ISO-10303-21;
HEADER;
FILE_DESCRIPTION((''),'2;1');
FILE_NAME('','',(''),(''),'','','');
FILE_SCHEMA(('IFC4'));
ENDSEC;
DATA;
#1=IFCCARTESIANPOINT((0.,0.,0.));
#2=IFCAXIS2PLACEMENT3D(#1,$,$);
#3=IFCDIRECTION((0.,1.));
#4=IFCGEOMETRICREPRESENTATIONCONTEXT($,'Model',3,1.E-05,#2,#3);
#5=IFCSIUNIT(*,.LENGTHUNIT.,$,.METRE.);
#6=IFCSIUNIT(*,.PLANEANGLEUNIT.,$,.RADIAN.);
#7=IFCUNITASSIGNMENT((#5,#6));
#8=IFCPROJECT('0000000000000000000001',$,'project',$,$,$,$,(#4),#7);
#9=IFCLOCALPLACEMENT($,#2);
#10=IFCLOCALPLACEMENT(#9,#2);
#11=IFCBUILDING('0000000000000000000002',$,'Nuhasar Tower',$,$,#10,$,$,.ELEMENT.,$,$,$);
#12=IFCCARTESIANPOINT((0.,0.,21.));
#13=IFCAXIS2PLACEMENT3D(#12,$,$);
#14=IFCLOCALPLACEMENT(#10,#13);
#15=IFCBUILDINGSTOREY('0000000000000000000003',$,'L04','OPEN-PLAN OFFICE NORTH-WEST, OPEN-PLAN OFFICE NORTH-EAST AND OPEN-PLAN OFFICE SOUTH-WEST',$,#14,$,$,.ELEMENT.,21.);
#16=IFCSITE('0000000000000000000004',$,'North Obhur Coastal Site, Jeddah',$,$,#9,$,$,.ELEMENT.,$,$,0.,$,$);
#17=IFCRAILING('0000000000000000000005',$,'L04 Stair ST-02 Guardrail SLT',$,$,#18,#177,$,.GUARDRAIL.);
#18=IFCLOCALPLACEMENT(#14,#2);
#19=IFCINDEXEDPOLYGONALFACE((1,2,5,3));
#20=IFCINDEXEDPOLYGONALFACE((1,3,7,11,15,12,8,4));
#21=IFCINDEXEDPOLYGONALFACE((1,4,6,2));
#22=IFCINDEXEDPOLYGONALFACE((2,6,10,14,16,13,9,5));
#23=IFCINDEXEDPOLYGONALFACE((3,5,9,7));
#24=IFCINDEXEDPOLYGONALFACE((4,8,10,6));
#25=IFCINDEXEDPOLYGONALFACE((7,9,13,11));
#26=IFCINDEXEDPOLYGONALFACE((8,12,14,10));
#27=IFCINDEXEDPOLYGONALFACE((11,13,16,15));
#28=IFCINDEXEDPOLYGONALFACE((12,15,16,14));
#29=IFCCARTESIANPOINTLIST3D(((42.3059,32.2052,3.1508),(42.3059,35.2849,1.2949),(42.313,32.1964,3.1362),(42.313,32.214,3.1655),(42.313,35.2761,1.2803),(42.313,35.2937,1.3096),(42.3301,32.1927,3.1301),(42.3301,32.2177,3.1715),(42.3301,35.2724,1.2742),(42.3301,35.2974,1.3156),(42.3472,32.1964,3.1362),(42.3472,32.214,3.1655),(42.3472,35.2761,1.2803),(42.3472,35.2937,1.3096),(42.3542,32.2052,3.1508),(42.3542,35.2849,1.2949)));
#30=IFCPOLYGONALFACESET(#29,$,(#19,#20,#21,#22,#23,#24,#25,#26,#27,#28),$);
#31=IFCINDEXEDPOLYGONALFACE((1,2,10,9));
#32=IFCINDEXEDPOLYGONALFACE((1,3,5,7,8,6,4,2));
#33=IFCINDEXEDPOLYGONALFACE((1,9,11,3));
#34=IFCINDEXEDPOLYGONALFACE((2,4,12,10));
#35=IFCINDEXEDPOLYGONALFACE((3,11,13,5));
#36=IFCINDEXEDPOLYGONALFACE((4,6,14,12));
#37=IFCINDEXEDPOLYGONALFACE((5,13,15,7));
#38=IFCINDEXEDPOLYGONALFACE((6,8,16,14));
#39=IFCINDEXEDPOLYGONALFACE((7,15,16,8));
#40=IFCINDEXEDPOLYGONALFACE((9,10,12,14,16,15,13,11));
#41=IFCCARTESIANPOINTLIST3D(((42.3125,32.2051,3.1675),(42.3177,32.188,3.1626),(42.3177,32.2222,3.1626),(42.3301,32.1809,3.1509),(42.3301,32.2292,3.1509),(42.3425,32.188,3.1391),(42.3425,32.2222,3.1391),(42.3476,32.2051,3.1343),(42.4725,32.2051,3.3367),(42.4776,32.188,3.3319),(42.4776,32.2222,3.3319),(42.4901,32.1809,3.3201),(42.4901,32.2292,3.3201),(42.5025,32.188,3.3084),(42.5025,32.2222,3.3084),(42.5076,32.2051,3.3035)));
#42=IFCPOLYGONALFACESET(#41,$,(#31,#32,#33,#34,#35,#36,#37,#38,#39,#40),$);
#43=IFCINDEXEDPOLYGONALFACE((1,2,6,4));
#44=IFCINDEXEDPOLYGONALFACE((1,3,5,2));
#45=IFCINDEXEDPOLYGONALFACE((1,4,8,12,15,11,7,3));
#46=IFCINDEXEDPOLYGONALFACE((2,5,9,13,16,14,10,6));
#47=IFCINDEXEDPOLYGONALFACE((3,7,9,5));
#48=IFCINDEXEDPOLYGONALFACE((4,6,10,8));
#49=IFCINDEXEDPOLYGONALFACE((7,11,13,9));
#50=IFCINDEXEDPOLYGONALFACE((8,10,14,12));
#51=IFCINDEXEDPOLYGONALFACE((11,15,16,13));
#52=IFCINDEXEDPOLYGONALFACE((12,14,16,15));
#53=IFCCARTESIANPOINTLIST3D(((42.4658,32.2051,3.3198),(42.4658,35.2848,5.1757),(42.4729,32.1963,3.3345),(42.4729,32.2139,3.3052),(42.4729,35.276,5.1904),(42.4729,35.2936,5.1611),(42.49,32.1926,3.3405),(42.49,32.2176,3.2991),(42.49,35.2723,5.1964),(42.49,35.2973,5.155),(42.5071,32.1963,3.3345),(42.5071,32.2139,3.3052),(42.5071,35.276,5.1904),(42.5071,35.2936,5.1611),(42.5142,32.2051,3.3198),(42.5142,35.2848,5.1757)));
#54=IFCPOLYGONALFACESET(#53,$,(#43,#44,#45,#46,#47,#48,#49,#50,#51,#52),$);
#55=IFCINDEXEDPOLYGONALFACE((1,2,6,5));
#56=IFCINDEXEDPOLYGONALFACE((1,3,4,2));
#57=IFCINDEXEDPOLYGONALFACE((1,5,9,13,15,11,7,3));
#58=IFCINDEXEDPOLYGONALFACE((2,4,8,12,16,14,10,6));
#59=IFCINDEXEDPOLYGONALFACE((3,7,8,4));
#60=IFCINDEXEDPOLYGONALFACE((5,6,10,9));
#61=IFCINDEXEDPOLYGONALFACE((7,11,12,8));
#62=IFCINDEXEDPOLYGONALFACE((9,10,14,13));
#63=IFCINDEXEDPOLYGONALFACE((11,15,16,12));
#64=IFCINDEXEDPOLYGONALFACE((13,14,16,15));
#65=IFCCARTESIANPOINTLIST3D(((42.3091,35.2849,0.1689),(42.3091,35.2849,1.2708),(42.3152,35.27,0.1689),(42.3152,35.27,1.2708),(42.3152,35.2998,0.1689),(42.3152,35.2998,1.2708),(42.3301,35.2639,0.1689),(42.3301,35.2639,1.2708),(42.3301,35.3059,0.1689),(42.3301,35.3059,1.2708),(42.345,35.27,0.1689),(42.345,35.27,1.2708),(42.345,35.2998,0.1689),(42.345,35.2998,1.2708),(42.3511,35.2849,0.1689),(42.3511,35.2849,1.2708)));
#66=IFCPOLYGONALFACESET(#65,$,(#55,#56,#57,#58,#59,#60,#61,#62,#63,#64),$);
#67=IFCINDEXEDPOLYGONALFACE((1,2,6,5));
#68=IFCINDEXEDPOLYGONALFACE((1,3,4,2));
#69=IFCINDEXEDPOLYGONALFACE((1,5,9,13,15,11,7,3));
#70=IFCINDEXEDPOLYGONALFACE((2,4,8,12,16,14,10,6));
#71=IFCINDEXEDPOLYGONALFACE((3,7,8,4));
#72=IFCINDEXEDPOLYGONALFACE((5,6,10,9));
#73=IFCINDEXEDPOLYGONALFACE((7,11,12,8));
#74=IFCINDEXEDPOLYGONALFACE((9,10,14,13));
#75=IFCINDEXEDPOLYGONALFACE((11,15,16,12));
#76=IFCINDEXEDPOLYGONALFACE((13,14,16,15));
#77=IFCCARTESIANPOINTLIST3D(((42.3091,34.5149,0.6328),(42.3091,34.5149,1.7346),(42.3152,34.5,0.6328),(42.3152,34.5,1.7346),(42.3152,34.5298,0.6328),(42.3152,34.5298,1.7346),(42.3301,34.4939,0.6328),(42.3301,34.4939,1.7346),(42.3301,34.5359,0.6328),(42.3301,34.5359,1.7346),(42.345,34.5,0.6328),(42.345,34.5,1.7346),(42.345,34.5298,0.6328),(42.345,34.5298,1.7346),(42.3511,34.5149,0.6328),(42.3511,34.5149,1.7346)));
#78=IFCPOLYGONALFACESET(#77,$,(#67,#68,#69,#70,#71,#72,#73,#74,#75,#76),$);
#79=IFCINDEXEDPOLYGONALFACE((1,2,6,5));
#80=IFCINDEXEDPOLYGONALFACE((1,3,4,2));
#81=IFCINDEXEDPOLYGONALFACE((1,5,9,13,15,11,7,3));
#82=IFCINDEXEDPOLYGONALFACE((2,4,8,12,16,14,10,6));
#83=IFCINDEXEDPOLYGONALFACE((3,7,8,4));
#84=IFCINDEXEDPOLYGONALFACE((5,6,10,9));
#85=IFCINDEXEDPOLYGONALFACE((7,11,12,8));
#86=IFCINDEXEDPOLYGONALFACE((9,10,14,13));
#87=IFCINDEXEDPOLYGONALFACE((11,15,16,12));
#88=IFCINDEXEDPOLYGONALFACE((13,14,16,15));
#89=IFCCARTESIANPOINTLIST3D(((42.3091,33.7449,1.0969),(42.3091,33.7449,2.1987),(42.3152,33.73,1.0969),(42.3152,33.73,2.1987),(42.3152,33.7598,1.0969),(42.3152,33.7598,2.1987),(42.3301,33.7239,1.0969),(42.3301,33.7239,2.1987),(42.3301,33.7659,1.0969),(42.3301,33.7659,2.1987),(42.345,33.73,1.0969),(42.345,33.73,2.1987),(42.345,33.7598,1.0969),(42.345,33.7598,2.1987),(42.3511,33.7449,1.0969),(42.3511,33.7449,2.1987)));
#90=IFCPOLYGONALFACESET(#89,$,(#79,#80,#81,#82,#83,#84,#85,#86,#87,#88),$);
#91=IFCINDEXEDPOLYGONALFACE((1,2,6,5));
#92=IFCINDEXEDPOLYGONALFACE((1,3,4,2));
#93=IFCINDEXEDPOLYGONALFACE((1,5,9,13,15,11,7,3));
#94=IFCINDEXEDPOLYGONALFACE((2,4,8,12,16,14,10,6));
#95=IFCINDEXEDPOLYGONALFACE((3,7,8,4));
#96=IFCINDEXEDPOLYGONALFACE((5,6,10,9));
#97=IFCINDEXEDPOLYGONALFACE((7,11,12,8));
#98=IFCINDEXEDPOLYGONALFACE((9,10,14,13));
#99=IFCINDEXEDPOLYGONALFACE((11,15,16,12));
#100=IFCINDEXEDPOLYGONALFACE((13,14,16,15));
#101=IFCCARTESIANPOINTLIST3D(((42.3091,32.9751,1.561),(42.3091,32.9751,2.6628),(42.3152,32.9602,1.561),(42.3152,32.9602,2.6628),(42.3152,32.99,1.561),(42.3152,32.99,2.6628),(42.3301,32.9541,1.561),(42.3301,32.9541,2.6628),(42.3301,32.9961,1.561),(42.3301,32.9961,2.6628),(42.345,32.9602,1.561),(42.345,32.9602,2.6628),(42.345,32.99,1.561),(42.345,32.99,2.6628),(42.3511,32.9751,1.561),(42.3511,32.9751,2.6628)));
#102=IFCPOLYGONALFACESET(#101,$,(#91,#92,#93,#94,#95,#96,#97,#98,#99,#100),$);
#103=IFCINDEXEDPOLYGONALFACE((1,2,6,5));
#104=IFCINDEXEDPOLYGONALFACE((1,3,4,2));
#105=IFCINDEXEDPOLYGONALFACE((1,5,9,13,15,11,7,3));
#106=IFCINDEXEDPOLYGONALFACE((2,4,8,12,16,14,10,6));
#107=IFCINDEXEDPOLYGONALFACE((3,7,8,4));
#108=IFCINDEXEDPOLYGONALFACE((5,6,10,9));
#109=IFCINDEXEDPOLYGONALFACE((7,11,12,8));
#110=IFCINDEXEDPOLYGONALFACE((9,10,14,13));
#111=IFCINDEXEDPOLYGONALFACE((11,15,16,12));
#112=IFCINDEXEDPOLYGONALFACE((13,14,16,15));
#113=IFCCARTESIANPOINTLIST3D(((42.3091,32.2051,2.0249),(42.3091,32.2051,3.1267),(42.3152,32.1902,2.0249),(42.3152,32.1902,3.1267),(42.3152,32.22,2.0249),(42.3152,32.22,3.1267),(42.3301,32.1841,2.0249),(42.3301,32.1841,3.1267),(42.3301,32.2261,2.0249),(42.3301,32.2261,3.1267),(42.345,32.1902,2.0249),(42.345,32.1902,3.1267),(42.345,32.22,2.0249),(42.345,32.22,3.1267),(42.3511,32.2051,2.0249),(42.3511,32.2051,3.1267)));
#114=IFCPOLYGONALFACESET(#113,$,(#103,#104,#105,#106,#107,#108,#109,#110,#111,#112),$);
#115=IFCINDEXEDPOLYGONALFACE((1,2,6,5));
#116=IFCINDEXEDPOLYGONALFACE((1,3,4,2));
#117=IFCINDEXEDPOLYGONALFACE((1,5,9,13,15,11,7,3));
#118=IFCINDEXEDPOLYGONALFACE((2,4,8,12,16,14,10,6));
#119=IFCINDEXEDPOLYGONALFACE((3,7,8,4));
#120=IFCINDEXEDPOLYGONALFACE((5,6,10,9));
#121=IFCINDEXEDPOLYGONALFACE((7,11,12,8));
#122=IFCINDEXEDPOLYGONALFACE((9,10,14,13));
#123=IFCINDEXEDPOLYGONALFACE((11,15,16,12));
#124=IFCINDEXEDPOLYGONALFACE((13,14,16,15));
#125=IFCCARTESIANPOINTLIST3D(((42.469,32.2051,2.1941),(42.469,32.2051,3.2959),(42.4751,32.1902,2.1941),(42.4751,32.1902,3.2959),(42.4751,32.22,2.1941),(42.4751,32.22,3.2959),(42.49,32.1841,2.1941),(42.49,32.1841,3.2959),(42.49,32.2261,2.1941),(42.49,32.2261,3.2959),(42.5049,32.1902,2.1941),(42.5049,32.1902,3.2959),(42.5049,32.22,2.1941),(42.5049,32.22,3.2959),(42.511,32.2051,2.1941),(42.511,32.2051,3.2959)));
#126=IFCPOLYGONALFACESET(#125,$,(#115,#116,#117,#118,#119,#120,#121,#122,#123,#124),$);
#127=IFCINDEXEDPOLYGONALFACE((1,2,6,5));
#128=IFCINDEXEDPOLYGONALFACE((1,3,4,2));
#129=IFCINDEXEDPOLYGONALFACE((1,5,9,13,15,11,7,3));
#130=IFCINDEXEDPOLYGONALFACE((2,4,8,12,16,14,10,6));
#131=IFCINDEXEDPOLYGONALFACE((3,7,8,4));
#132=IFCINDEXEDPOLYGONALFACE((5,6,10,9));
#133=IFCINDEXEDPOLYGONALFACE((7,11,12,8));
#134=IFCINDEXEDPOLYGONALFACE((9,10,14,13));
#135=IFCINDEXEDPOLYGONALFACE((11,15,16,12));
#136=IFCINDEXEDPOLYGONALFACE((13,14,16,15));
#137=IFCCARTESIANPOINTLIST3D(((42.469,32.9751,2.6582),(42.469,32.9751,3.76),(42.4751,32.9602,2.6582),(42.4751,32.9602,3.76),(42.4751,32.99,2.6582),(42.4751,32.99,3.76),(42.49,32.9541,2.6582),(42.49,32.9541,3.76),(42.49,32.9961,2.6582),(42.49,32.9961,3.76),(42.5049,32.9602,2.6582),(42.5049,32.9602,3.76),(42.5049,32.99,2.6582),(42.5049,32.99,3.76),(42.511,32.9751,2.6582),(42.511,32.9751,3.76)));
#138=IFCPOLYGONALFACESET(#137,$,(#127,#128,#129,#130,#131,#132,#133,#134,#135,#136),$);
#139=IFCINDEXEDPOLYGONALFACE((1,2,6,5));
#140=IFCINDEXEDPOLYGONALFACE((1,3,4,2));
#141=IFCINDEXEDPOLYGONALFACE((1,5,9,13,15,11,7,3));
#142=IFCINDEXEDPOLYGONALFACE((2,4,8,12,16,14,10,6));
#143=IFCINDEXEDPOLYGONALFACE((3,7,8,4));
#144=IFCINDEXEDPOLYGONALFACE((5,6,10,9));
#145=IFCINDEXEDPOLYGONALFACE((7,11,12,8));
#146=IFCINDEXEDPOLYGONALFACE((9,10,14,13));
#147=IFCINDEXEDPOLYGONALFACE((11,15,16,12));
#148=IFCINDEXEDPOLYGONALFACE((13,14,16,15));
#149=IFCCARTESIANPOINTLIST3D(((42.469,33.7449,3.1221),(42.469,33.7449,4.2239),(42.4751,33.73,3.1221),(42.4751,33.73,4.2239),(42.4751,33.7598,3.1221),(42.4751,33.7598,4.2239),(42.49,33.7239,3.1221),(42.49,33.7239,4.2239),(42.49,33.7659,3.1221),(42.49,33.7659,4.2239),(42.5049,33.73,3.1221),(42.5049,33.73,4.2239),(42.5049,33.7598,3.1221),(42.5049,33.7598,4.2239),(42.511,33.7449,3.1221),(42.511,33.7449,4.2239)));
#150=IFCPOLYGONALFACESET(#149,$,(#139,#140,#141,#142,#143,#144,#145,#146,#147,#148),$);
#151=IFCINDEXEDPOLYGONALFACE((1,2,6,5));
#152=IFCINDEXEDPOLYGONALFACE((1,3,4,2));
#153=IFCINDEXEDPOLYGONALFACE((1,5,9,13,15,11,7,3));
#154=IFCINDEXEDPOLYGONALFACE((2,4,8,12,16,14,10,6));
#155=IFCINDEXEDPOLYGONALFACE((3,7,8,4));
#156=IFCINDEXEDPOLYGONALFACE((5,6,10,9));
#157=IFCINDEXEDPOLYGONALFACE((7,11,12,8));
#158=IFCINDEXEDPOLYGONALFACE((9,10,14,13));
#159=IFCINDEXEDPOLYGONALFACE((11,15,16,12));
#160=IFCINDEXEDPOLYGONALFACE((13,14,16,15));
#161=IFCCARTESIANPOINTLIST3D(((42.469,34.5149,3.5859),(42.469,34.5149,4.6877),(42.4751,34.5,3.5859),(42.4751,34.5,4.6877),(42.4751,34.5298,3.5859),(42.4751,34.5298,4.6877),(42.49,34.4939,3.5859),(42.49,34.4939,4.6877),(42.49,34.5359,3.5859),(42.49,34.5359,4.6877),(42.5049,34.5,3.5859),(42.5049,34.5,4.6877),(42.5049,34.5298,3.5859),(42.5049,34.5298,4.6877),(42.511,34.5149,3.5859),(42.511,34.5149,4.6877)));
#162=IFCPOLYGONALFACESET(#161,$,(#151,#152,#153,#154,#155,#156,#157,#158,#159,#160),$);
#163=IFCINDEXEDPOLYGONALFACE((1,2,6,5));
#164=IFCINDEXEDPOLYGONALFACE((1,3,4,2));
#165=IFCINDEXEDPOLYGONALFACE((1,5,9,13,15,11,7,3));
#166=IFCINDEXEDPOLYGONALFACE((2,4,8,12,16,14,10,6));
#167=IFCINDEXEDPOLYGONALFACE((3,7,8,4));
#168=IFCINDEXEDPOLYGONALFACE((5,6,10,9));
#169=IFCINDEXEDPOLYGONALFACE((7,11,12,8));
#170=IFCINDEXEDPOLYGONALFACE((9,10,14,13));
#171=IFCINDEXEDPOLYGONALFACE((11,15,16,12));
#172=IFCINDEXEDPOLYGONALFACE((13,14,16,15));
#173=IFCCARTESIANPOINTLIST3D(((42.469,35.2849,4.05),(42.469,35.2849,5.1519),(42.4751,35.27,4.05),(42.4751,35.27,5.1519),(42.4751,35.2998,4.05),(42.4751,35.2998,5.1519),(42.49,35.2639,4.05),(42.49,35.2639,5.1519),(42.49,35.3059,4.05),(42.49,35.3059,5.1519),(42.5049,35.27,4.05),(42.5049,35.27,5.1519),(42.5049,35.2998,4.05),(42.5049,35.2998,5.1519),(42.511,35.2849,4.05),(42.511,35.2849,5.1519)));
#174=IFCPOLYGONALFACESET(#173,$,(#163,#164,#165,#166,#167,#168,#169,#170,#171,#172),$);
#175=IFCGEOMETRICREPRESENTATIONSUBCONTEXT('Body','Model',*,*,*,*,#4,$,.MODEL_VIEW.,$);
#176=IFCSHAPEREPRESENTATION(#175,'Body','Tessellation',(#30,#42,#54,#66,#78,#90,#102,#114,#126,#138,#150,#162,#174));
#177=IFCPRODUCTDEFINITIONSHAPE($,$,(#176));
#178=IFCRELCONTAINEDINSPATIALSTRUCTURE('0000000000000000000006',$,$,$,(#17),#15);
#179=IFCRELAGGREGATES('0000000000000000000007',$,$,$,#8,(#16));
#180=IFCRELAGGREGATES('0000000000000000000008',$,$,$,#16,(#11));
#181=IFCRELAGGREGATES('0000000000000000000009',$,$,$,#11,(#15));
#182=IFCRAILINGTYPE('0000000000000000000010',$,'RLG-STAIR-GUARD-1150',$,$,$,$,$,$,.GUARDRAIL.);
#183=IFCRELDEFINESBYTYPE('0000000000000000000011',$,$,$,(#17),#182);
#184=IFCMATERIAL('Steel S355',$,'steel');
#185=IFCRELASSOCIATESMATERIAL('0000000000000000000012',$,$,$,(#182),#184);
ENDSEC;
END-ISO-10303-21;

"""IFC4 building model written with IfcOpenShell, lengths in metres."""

from ifc_helpers import new_model, si_unit, direction, frame, origin, place, context, subcontext, project, spatial, polyline, outline, extrude, material, type_object, element, save


model = new_model("IFC4")

# Units and contexts
model_context = context("Model", 3, precision=1e-05, world=origin(), true_north=direction((0.0, 1.0)))
body_context = subcontext(model_context, "Body", "Model", "MODEL_VIEW")
ifc_project = project(units=[si_unit("LENGTHUNIT", "METRE"), si_unit("PLANEANGLEUNIT", "RADIAN")], contexts=[model_context])

# Site, building, storey
site_placement = place(None, origin())
site = spatial("IfcSite", under=ifc_project, at=site_placement, Name="North Obhur Coastal Site, Jeddah", CompositionType="ELEMENT", RefElevation=0.0)
building_placement = place(site_placement, origin())
building = spatial("IfcBuilding", under=site, at=building_placement, Name="Nuhasar Tower", CompositionType="ELEMENT")
storey_placement = place(building_placement, frame((0.0, 0.0, 21.0)))
storey = spatial("IfcBuildingStorey", under=building, at=storey_placement, Name="L04", Description="OPEN-PLAN OFFICE NORTH-WEST, OPEN-PLAN OFFICE NORTH-EAST AND OPEN-PLAN OFFICE SOUTH-WEST", CompositionType="ELEMENT", Elevation=21.0)

# Shared definitions
ifc_material_1 = material(Name="Steel S355", Category="steel")

# Railing
railing_type_1 = type_object("IfcRailingType", Name="RLG-STAIR-GUARD-1150", PredefinedType="GUARDRAIL", material=ifc_material_1)
railing_1_placement = place(storey_placement, frame((42.3301, 35.2849, 0.1689)))
element("IfcRailing", 1, at=railing_1_placement, inside=storey, type_object=railing_type_1, Name="L04 Stair ST-02 Guardrail SLT", PredefinedType="GUARDRAIL", context=body_context, shape_type="SweptSolid", body=[
    extrude(outline(polyline([(0.0242, 0.0), (0.0171, 0.0171), (0.0, 0.0242), (-0.0171, 0.0171), (-0.0242, 0.0), (-0.0171, -0.0171), (0.0, -0.0242), (0.0171, -0.0171), (0.0242, 0.0)])), frame((0.0, 0.0, 1.126), z_axis=(0.0, -0.856503, 0.516142), x_axis=(1.0, 0.0, 0.0)), (0.0, 0.0, 1.0), 3.5957),
    extrude(outline(polyline([(0.0242, 0.0), (0.0171, 0.0171), (0.0, 0.0242), (-0.0171, 0.0171), (-0.0242, 0.0), (-0.0171, -0.0171), (0.0, -0.0242), (0.0171, -0.0171), (0.0242, 0.0)])), frame((0.0, -3.0798, 2.9819), z_axis=(0.686901, 0.0, 0.726751), x_axis=(0.0, 1.0, 0.0)), (0.0, 0.0, 1.0), 0.2329),
    extrude(outline(polyline([(0.0242, 0.0), (0.0171, 0.0171), (0.0, 0.0242), (-0.0171, 0.0171), (-0.0242, 0.0), (-0.0171, -0.0171), (0.0, -0.0242), (0.0171, -0.0171), (0.0242, 0.0)])), frame((0.1599, -3.0798, 3.1509), z_axis=(0.0, 0.856503, 0.516142), x_axis=(-1.0, 0.0, 0.0)), (0.0, 0.0, 1.0), 3.5957),
    extrude(outline(polyline([(0.021, 0.0), (0.0149, 0.0149), (0.0, 0.021), (-0.0149, 0.0149), (-0.021, 0.0), (-0.0149, -0.0149), (0.0, -0.021), (0.0149, -0.0149), (0.021, 0.0)])), origin(), (0.0, 0.0, 1.0), 1.1018),
    extrude(outline(polyline([(0.021, 0.0), (0.0149, 0.0149), (0.0, 0.021), (-0.0149, 0.0149), (-0.021, 0.0), (-0.0149, -0.0149), (0.0, -0.021), (0.0149, -0.0149), (0.021, 0.0)])), frame((0.0, -0.77, 0.4639)), (0.0, 0.0, 1.0), 1.1018),
    extrude(outline(polyline([(0.021, 0.0), (0.0149, 0.0149), (0.0, 0.021), (-0.0149, 0.0149), (-0.021, 0.0), (-0.0149, -0.0149), (0.0, -0.021), (0.0149, -0.0149), (0.021, 0.0)])), frame((0.0, -1.54, 0.928)), (0.0, 0.0, 1.0), 1.1018),
    extrude(outline(polyline([(0.021, 0.0), (0.0149, 0.0149), (0.0, 0.021), (-0.0149, 0.0149), (-0.021, 0.0), (-0.0149, -0.0149), (0.0, -0.021), (0.0149, -0.0149), (0.021, 0.0)])), frame((0.0, -2.3098, 1.3921)), (0.0, 0.0, 1.0), 1.1018),
    extrude(outline(polyline([(0.021, 0.0), (0.0149, 0.0149), (0.0, 0.021), (-0.0149, 0.0149), (-0.021, 0.0), (-0.0149, -0.0149), (0.0, -0.021), (0.0149, -0.0149), (0.021, 0.0)])), frame((0.0, -3.0798, 1.856)), (0.0, 0.0, 1.0), 1.1018),
    extrude(outline(polyline([(0.021, 0.0), (0.0149, 0.0149), (0.0, 0.021), (-0.0149, 0.0149), (-0.021, 0.0), (-0.0149, -0.0149), (0.0, -0.021), (0.0149, -0.0149), (0.021, 0.0)])), frame((0.1599, -3.0798, 2.0251)), (0.0, 0.0, 1.0), 1.1018),
    extrude(outline(polyline([(0.021, 0.0), (0.0149, 0.0149), (0.0, 0.021), (-0.0149, 0.0149), (-0.021, 0.0), (-0.0149, -0.0149), (0.0, -0.021), (0.0149, -0.0149), (0.021, 0.0)])), frame((0.1599, -2.3098, 2.4893)), (0.0, 0.0, 1.0), 1.1018),
    extrude(outline(polyline([(0.021, 0.0), (0.0149, 0.0149), (0.0, 0.021), (-0.0149, 0.0149), (-0.021, 0.0), (-0.0149, -0.0149), (0.0, -0.021), (0.0149, -0.0149), (0.021, 0.0)])), frame((0.1599, -1.54, 2.9531)), (0.0, 0.0, 1.0), 1.1018),
    extrude(outline(polyline([(0.021, 0.0), (0.0149, 0.0149), (0.0, 0.021), (-0.0149, 0.0149), (-0.021, 0.0), (-0.0149, -0.0149), (0.0, -0.021), (0.0149, -0.0149), (0.021, 0.0)])), frame((0.1599, -0.77, 3.417)), (0.0, 0.0, 1.0), 1.1018),
    extrude(outline(polyline([(0.021, 0.0), (0.0149, 0.0149), (0.0, 0.021), (-0.0149, 0.0149), (-0.021, 0.0), (-0.0149, -0.0149), (0.0, -0.021), (0.0149, -0.0149), (0.021, 0.0)])), frame((0.1599, 0.0, 3.8811)), (0.0, 0.0, 1.0), 1.1018),
])

save(model, "model.ifc")
